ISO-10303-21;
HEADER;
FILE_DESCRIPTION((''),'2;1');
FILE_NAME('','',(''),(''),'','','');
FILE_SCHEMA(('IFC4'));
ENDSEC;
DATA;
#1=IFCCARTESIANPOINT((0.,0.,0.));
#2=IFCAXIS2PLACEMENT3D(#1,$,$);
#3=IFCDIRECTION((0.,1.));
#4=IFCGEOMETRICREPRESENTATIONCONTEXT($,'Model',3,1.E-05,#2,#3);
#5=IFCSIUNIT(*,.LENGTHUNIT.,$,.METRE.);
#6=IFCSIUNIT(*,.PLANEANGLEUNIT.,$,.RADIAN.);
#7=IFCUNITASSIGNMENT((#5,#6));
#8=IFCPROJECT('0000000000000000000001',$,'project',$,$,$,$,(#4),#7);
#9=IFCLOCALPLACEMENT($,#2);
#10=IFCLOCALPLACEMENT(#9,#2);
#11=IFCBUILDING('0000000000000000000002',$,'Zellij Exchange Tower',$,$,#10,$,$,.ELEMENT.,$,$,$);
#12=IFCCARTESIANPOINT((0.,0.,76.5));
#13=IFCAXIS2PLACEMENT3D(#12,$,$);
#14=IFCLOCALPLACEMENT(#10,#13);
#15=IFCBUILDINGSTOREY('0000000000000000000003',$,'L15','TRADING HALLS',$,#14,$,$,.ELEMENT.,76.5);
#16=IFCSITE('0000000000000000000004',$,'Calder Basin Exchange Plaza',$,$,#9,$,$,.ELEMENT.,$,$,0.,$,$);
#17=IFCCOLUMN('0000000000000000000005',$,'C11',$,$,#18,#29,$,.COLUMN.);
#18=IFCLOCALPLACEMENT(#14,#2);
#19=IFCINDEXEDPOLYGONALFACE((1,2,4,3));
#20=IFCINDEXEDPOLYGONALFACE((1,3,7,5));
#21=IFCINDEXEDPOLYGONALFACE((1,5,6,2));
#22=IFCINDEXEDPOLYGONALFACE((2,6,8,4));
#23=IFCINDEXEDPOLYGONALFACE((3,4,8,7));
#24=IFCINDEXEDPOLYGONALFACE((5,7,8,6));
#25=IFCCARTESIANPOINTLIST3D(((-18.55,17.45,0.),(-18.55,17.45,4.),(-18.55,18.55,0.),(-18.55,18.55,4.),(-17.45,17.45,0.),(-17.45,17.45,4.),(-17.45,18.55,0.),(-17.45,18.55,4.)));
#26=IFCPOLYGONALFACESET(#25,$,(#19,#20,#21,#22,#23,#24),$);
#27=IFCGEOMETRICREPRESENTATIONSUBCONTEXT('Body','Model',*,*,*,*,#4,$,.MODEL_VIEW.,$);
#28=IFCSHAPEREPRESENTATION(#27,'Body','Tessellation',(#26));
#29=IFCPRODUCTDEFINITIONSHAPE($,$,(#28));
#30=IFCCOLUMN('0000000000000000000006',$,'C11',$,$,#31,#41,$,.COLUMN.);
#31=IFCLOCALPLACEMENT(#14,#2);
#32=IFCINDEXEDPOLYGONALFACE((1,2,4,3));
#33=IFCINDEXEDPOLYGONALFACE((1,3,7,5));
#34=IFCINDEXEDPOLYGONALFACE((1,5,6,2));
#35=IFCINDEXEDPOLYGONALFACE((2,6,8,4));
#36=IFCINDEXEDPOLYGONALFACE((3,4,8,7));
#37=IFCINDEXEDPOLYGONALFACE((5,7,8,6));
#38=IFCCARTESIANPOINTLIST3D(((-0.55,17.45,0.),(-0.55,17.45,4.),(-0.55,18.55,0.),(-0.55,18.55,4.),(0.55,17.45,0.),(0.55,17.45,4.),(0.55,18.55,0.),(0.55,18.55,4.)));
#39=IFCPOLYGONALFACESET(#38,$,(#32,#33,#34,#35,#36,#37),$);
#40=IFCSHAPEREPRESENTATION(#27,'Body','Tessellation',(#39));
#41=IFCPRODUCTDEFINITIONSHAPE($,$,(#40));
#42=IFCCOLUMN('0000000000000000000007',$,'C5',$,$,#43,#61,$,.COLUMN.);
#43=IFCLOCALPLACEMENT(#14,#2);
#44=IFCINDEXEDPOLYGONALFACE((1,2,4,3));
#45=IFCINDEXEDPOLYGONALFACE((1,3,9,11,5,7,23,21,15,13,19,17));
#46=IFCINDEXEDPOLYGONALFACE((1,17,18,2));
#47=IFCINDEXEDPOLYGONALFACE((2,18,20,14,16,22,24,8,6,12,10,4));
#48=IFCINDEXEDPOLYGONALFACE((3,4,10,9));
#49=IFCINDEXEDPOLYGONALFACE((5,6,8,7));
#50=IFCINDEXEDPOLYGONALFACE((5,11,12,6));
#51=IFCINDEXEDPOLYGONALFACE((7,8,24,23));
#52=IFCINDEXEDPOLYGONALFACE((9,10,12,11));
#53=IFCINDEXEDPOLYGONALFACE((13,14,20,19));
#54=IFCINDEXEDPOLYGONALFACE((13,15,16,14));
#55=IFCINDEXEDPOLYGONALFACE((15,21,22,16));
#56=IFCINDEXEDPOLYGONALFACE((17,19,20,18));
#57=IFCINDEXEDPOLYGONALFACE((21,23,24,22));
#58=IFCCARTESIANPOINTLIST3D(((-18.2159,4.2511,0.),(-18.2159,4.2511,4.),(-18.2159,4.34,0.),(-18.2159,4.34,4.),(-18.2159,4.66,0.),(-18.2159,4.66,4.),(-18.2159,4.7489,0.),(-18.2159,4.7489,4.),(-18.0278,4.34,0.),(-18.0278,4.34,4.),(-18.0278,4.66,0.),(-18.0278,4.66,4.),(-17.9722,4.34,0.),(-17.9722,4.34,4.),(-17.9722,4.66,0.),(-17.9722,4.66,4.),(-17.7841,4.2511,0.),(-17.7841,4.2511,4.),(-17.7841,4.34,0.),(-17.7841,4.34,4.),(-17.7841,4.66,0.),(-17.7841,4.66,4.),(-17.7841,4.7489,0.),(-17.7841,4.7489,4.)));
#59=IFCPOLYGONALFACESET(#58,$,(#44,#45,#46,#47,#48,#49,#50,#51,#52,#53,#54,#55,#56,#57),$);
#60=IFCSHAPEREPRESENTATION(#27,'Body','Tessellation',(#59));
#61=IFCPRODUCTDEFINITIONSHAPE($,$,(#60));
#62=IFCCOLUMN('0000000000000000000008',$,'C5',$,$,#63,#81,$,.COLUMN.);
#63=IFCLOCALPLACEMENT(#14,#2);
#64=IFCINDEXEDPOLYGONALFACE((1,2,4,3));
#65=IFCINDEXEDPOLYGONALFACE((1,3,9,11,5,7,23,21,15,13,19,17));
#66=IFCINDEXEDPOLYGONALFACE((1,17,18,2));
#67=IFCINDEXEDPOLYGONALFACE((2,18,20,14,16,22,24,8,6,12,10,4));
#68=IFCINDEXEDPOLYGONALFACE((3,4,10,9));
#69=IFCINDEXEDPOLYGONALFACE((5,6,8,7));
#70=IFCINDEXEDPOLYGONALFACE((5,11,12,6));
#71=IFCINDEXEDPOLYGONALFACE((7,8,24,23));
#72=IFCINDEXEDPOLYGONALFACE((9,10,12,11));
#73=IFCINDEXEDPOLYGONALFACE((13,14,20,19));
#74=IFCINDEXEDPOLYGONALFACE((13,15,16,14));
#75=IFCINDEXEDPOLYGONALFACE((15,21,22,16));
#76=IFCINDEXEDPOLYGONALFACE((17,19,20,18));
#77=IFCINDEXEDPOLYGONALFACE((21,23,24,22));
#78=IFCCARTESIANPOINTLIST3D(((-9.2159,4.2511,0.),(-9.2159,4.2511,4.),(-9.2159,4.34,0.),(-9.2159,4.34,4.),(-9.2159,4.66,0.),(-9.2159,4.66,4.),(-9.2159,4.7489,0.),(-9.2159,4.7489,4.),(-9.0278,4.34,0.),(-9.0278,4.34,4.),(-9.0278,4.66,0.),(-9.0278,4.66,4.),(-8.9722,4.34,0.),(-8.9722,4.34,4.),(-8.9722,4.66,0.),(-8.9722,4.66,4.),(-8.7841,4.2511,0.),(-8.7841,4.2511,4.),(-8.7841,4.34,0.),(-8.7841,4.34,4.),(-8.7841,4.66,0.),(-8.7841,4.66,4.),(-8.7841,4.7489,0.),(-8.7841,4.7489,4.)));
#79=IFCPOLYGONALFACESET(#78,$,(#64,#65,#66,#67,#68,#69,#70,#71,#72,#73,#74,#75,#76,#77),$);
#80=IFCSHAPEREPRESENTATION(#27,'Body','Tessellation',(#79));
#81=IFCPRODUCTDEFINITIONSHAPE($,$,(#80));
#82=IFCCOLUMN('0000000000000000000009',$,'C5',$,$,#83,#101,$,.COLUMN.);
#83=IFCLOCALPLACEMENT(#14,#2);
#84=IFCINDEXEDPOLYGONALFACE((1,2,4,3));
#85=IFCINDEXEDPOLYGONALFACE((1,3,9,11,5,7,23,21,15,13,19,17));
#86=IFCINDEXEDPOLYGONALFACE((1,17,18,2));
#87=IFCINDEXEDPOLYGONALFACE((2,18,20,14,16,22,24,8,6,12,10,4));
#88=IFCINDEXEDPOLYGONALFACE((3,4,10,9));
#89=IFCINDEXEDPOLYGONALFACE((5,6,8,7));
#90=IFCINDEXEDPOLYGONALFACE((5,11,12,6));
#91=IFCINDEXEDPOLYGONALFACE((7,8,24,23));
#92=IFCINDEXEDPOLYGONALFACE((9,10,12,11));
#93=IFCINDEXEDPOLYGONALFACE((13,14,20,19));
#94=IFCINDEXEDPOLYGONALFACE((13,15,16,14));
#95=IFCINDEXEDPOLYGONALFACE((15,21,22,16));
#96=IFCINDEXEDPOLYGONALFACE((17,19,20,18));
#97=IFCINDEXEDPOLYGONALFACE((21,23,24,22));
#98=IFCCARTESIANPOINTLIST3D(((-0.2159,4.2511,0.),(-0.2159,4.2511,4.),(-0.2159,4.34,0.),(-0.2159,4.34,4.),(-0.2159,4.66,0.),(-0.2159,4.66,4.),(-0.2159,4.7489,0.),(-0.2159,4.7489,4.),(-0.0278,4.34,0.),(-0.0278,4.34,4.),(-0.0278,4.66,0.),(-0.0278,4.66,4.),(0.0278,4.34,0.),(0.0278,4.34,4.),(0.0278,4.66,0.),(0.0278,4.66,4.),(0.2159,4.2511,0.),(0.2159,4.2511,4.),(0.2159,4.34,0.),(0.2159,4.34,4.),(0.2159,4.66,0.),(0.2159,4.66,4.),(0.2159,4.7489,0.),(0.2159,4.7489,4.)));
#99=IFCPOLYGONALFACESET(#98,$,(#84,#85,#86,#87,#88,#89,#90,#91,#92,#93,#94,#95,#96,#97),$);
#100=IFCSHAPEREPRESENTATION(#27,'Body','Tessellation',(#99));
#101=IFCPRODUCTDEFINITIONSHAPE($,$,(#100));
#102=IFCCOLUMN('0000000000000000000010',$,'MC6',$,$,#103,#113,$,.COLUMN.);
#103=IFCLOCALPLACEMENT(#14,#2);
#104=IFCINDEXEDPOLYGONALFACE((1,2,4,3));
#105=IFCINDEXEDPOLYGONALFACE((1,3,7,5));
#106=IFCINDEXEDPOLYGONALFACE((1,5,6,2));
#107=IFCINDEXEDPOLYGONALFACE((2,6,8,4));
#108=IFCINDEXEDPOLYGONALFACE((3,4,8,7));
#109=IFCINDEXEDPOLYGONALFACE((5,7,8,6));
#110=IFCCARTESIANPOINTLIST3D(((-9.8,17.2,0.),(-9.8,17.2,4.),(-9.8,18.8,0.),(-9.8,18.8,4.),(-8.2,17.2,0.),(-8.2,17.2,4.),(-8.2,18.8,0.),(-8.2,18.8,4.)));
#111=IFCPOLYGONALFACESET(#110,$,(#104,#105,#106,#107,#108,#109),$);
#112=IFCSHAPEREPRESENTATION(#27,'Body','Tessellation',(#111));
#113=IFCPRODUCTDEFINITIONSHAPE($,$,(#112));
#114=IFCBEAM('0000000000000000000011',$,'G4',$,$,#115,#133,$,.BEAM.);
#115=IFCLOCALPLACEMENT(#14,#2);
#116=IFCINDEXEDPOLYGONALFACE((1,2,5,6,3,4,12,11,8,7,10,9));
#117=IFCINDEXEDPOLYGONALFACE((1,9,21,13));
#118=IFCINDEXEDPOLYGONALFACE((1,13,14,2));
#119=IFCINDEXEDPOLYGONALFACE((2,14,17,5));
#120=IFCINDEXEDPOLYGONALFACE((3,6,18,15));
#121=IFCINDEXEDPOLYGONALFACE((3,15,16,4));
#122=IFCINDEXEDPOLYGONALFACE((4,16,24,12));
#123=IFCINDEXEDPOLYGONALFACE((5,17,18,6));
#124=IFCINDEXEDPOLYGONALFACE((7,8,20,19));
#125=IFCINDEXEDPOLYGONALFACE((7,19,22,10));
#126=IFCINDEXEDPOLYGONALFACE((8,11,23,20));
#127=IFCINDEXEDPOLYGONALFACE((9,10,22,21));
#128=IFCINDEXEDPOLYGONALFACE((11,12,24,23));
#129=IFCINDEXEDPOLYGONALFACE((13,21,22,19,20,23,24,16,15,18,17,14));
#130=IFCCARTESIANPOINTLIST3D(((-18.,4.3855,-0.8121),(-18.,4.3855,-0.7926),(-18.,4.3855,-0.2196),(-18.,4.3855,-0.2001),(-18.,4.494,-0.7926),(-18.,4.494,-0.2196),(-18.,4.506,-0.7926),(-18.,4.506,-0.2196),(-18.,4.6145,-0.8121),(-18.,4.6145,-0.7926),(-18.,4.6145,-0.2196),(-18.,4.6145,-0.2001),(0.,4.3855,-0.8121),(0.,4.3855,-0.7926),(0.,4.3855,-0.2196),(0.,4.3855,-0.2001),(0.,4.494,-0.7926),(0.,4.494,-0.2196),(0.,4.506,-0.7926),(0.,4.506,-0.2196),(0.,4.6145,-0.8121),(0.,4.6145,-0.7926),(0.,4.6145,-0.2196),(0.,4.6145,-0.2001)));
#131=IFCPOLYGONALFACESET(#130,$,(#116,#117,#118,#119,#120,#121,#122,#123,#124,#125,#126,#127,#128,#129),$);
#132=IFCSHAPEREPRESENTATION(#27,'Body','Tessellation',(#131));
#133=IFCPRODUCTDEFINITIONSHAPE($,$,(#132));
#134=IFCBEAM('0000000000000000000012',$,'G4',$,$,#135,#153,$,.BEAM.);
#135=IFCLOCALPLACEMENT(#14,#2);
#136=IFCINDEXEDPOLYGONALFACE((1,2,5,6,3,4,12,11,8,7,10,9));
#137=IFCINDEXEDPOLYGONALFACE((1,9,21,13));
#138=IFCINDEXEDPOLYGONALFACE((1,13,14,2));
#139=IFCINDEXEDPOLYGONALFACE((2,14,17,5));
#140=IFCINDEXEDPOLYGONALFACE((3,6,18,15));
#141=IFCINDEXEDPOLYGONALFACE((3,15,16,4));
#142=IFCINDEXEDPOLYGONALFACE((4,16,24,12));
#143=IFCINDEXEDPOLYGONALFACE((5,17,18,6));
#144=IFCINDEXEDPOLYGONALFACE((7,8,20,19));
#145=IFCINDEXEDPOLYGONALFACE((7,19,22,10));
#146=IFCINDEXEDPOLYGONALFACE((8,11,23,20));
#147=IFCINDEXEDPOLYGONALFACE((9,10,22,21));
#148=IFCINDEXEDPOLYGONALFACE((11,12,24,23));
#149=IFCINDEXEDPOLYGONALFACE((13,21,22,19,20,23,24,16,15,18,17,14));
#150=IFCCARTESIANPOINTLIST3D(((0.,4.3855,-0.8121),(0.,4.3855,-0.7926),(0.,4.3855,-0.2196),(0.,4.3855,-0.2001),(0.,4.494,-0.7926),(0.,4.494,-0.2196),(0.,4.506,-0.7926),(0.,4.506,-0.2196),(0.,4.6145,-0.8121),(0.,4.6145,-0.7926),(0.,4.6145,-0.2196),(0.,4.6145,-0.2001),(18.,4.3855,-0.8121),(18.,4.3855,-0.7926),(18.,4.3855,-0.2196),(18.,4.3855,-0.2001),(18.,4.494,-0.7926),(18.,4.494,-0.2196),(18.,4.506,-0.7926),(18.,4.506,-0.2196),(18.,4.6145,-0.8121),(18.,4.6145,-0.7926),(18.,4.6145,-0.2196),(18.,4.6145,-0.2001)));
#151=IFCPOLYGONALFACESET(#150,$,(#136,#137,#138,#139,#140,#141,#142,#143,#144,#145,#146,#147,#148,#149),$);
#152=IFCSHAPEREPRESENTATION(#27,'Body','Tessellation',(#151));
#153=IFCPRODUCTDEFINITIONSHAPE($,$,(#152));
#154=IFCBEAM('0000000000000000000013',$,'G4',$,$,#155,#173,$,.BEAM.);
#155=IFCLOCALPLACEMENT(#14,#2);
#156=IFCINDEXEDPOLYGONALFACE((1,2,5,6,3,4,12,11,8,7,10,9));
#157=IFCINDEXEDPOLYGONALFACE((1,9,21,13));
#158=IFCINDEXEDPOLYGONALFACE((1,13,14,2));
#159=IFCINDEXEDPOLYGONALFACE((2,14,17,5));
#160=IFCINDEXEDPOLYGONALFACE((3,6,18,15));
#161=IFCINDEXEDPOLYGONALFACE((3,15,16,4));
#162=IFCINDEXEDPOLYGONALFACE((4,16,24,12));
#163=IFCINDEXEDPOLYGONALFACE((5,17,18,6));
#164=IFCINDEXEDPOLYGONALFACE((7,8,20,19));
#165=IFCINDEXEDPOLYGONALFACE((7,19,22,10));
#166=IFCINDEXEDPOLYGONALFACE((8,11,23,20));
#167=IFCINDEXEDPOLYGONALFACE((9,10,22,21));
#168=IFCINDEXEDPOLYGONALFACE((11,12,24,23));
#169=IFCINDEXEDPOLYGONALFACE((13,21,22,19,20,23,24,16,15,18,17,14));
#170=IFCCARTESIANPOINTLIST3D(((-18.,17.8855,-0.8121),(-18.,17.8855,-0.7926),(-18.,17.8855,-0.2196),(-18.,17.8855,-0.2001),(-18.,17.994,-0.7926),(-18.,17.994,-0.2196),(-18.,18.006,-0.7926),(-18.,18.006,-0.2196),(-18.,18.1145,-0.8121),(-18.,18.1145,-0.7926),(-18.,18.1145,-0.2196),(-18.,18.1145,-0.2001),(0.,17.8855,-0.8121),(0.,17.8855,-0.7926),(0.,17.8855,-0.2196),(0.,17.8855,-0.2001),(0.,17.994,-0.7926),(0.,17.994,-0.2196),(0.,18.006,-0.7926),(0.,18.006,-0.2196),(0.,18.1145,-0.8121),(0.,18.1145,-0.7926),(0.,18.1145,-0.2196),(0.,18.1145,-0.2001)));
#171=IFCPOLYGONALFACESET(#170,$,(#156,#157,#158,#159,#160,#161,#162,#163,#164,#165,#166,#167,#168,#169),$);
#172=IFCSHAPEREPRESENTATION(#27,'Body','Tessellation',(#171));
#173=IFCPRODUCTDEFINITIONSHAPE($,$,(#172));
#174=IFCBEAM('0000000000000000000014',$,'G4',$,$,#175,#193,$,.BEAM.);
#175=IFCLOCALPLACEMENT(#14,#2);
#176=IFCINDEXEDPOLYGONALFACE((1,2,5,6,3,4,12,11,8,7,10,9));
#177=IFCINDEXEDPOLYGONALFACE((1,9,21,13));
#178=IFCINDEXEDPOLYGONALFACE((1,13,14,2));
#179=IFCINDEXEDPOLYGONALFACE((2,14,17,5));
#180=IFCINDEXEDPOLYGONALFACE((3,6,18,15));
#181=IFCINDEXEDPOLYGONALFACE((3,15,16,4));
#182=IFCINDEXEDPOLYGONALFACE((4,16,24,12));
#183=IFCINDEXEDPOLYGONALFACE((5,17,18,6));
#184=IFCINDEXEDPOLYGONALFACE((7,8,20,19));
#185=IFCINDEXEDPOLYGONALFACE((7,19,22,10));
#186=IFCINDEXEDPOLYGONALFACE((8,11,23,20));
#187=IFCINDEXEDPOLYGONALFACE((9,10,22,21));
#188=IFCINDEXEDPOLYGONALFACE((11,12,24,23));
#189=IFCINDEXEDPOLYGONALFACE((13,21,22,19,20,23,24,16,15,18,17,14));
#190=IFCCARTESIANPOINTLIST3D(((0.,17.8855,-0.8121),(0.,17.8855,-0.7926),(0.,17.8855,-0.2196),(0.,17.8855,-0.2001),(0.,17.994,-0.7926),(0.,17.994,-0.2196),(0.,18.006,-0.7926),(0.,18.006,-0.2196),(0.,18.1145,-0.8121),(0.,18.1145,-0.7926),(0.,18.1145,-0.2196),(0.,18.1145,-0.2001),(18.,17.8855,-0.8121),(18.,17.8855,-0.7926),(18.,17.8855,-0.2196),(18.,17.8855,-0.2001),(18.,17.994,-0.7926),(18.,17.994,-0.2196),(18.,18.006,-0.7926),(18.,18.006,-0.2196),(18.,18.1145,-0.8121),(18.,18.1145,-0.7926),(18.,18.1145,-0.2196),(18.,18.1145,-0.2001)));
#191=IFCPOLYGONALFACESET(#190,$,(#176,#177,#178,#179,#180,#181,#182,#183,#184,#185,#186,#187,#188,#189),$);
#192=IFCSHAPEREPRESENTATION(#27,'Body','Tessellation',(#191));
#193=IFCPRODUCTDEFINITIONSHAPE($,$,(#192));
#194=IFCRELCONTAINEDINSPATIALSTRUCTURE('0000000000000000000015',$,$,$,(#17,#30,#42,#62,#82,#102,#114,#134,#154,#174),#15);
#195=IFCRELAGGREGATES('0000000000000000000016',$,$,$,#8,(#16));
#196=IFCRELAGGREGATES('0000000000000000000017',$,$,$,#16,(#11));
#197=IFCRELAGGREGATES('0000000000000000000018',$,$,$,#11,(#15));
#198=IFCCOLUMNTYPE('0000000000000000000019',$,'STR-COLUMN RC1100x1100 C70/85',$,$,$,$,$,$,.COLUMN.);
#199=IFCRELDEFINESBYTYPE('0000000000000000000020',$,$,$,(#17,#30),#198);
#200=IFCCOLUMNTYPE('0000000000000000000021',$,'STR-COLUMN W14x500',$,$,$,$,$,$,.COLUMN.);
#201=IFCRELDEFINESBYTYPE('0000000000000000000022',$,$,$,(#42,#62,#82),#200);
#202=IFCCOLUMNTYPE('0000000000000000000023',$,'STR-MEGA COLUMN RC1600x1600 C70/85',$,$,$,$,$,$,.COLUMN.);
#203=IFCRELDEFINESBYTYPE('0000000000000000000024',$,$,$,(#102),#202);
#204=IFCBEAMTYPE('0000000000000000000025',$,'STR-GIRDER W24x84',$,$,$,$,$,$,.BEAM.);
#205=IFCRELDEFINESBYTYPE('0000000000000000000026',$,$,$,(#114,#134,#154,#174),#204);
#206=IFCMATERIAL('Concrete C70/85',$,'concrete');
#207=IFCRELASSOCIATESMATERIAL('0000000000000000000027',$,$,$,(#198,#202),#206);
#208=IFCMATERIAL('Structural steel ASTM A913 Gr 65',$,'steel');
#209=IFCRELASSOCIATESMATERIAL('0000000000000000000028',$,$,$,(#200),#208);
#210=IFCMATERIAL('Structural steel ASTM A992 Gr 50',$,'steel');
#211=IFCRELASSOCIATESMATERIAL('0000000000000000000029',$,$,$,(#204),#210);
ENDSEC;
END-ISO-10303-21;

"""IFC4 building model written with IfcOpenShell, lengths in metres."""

from ifc_helpers import new_model, si_unit, direction, frame, origin, origin_2d, place, context, subcontext, project, spatial, rectangle, i_section, extrude, material, material_profile, profile_set, type_object, element, save


model = new_model("IFC4")

# Units and contexts
model_context = context("Model", 3, precision=1e-05, world=origin(), true_north=direction((0.0, 1.0)))
body_context = subcontext(model_context, "Body", "Model", "MODEL_VIEW")
ifc_project = project(units=[si_unit("LENGTHUNIT", "METRE"), si_unit("PLANEANGLEUNIT", "RADIAN")], contexts=[model_context])

# Site, building, storey
site_placement = place(None, origin())
site = spatial("IfcSite", under=ifc_project, at=site_placement, Name="Calder Basin Exchange Plaza", CompositionType="ELEMENT", RefElevation=0.0)
building_placement = place(site_placement, origin())
building = spatial("IfcBuilding", under=site, at=building_placement, Name="Zellij Exchange Tower", CompositionType="ELEMENT")
storey_placement = place(building_placement, frame((0.0, 0.0, 76.5)))
storey = spatial("IfcBuildingStorey", under=building, at=storey_placement, Name="L15", Description="TRADING HALLS", CompositionType="ELEMENT", Elevation=76.5)

# Columns
ifc_material_1 = material(Name="Concrete C70/85", Category="concrete")
ifc_material_profile_1 = material_profile(ifc_material_1, rectangle(XDim=1.1001, YDim=1.1001, at=origin_2d()), Name="STR-COLUMN RC1100x1100 C70/85")
ifc_profile_set_1 = profile_set([ifc_material_profile_1], Name="Concrete C70/85")
column_type_1 = type_object("IfcColumnType", Name="STR-COLUMN RC1100x1100 C70/85", PredefinedType="COLUMN", material=ifc_profile_set_1)
for number, where, z_axis, x_axis, name in (
    (1, (-18.0, 18.0, 0.0), (0.0, 0.0, 1.0), (1.0, 0.0, 0.0), "C11"),
    (2, (0.0, 18.0, 0.0), (0.0, 0.0, 1.0), (1.0, 0.0, 0.0), "C11"),
):
    element("IfcColumn", number, at=place(storey_placement, frame(where, z_axis=z_axis, x_axis=x_axis)), inside=storey, type_object=column_type_1, Name=name, PredefinedType="COLUMN", context=body_context, shape_type="SweptSolid", body=[
        extrude(rectangle(XDim=1.1001, YDim=1.1001, at=origin_2d()), origin(), (0.0, 0.0, 1.0), 4.0),
    ])
ifc_material_2 = material(Name="Structural steel ASTM A913 Gr 65", Category="steel")
ifc_material_profile_2 = material_profile(ifc_material_2, i_section(OverallWidth=0.4319, OverallDepth=0.4978, WebThickness=0.0557, FlangeThickness=0.0889, at=origin_2d()), Name="W14x500")
ifc_profile_set_2 = profile_set([ifc_material_profile_2], Name="Structural steel ASTM A913 Gr 65")
column_type_2 = type_object("IfcColumnType", Name="STR-COLUMN W14x500", PredefinedType="COLUMN", material=ifc_profile_set_2)
for number, where, z_axis, x_axis, name in (
    (3, (-18.0, 4.5, 0.0), (0.0, 0.0, 1.0), (1.0, 0.0, 0.0), "C5"),
    (4, (-9.0, 4.5, 0.0), (0.0, 0.0, 1.0), (1.0, 0.0, 0.0), "C5"),
    (5, (0.0, 4.5, 0.0), (0.0, 0.0, 1.0), (1.0, 0.0, 0.0), "C5"),
):
    element("IfcColumn", number, at=place(storey_placement, frame(where, z_axis=z_axis, x_axis=x_axis)), inside=storey, type_object=column_type_2, Name=name, PredefinedType="COLUMN", context=body_context, shape_type="SweptSolid", body=[
        extrude(i_section(OverallWidth=0.4319, OverallDepth=0.4978, WebThickness=0.0557, FlangeThickness=0.0889, at=origin_2d()), origin(), (0.0, 0.0, 1.0), 4.0),
    ])
ifc_material_profile_3 = material_profile(ifc_material_1, rectangle(XDim=1.6001, YDim=1.6001, at=origin_2d()), Name="STR-MEGA COLUMN RC1600x1600 C70/85")
ifc_profile_set_3 = profile_set([ifc_material_profile_3], Name="Concrete C70/85")
column_type_3 = type_object("IfcColumnType", Name="STR-MEGA COLUMN RC1600x1600 C70/85", PredefinedType="COLUMN", material=ifc_profile_set_3)
column_placement = place(storey_placement, frame((-9.0, 18.0, 0.0), z_axis=(0.0, 0.0, 1.0), x_axis=(1.0, 0.0, 0.0)))
element("IfcColumn", 6, at=column_placement, inside=storey, type_object=column_type_3, Name="MC6", PredefinedType="COLUMN", context=body_context, shape_type="SweptSolid", body=[
    extrude(rectangle(XDim=1.6001, YDim=1.6001, at=origin_2d()), origin(), (0.0, 0.0, 1.0), 4.0),
])

# Beams
ifc_material_3 = material(Name="Structural steel ASTM A992 Gr 50", Category="steel")
ifc_material_profile_4 = material_profile(ifc_material_3, i_section(OverallWidth=0.229, OverallDepth=0.6121, WebThickness=0.012, FlangeThickness=0.0195, at=origin_2d()), Name="W24x84")
ifc_profile_set_4 = profile_set([ifc_material_profile_4], Name="Structural steel ASTM A992 Gr 50")
beam_type = type_object("IfcBeamType", Name="STR-GIRDER W24x84", PredefinedType="BEAM", material=ifc_profile_set_4)
for number, where, z_axis, x_axis, name in (
    (7, (-18.0, 4.5, -0.5061), (1.0, 0.0, 0.0), (0.0, 1.0, 0.0), "G4"),
    (8, (0.0, 4.5, -0.5061), (1.0, 0.0, 0.0), (0.0, 1.0, 0.0), "G4"),
    (9, (-18.0, 18.0, -0.5061), (1.0, 0.0, 0.0), (0.0, 1.0, 0.0), "G4"),
    (10, (0.0, 18.0, -0.5061), (1.0, 0.0, 0.0), (0.0, 1.0, 0.0), "G4"),
):
    element("IfcBeam", number, at=place(storey_placement, frame(where, z_axis=z_axis, x_axis=x_axis)), inside=storey, type_object=beam_type, Name=name, PredefinedType="BEAM", context=body_context, shape_type="SweptSolid", body=[
        extrude(i_section(OverallWidth=0.229, OverallDepth=0.6121, WebThickness=0.012, FlangeThickness=0.0195, at=origin_2d()), origin(), (0.0, 0.0, 1.0), 18.0),
    ])

save(model, "model.ifc")
